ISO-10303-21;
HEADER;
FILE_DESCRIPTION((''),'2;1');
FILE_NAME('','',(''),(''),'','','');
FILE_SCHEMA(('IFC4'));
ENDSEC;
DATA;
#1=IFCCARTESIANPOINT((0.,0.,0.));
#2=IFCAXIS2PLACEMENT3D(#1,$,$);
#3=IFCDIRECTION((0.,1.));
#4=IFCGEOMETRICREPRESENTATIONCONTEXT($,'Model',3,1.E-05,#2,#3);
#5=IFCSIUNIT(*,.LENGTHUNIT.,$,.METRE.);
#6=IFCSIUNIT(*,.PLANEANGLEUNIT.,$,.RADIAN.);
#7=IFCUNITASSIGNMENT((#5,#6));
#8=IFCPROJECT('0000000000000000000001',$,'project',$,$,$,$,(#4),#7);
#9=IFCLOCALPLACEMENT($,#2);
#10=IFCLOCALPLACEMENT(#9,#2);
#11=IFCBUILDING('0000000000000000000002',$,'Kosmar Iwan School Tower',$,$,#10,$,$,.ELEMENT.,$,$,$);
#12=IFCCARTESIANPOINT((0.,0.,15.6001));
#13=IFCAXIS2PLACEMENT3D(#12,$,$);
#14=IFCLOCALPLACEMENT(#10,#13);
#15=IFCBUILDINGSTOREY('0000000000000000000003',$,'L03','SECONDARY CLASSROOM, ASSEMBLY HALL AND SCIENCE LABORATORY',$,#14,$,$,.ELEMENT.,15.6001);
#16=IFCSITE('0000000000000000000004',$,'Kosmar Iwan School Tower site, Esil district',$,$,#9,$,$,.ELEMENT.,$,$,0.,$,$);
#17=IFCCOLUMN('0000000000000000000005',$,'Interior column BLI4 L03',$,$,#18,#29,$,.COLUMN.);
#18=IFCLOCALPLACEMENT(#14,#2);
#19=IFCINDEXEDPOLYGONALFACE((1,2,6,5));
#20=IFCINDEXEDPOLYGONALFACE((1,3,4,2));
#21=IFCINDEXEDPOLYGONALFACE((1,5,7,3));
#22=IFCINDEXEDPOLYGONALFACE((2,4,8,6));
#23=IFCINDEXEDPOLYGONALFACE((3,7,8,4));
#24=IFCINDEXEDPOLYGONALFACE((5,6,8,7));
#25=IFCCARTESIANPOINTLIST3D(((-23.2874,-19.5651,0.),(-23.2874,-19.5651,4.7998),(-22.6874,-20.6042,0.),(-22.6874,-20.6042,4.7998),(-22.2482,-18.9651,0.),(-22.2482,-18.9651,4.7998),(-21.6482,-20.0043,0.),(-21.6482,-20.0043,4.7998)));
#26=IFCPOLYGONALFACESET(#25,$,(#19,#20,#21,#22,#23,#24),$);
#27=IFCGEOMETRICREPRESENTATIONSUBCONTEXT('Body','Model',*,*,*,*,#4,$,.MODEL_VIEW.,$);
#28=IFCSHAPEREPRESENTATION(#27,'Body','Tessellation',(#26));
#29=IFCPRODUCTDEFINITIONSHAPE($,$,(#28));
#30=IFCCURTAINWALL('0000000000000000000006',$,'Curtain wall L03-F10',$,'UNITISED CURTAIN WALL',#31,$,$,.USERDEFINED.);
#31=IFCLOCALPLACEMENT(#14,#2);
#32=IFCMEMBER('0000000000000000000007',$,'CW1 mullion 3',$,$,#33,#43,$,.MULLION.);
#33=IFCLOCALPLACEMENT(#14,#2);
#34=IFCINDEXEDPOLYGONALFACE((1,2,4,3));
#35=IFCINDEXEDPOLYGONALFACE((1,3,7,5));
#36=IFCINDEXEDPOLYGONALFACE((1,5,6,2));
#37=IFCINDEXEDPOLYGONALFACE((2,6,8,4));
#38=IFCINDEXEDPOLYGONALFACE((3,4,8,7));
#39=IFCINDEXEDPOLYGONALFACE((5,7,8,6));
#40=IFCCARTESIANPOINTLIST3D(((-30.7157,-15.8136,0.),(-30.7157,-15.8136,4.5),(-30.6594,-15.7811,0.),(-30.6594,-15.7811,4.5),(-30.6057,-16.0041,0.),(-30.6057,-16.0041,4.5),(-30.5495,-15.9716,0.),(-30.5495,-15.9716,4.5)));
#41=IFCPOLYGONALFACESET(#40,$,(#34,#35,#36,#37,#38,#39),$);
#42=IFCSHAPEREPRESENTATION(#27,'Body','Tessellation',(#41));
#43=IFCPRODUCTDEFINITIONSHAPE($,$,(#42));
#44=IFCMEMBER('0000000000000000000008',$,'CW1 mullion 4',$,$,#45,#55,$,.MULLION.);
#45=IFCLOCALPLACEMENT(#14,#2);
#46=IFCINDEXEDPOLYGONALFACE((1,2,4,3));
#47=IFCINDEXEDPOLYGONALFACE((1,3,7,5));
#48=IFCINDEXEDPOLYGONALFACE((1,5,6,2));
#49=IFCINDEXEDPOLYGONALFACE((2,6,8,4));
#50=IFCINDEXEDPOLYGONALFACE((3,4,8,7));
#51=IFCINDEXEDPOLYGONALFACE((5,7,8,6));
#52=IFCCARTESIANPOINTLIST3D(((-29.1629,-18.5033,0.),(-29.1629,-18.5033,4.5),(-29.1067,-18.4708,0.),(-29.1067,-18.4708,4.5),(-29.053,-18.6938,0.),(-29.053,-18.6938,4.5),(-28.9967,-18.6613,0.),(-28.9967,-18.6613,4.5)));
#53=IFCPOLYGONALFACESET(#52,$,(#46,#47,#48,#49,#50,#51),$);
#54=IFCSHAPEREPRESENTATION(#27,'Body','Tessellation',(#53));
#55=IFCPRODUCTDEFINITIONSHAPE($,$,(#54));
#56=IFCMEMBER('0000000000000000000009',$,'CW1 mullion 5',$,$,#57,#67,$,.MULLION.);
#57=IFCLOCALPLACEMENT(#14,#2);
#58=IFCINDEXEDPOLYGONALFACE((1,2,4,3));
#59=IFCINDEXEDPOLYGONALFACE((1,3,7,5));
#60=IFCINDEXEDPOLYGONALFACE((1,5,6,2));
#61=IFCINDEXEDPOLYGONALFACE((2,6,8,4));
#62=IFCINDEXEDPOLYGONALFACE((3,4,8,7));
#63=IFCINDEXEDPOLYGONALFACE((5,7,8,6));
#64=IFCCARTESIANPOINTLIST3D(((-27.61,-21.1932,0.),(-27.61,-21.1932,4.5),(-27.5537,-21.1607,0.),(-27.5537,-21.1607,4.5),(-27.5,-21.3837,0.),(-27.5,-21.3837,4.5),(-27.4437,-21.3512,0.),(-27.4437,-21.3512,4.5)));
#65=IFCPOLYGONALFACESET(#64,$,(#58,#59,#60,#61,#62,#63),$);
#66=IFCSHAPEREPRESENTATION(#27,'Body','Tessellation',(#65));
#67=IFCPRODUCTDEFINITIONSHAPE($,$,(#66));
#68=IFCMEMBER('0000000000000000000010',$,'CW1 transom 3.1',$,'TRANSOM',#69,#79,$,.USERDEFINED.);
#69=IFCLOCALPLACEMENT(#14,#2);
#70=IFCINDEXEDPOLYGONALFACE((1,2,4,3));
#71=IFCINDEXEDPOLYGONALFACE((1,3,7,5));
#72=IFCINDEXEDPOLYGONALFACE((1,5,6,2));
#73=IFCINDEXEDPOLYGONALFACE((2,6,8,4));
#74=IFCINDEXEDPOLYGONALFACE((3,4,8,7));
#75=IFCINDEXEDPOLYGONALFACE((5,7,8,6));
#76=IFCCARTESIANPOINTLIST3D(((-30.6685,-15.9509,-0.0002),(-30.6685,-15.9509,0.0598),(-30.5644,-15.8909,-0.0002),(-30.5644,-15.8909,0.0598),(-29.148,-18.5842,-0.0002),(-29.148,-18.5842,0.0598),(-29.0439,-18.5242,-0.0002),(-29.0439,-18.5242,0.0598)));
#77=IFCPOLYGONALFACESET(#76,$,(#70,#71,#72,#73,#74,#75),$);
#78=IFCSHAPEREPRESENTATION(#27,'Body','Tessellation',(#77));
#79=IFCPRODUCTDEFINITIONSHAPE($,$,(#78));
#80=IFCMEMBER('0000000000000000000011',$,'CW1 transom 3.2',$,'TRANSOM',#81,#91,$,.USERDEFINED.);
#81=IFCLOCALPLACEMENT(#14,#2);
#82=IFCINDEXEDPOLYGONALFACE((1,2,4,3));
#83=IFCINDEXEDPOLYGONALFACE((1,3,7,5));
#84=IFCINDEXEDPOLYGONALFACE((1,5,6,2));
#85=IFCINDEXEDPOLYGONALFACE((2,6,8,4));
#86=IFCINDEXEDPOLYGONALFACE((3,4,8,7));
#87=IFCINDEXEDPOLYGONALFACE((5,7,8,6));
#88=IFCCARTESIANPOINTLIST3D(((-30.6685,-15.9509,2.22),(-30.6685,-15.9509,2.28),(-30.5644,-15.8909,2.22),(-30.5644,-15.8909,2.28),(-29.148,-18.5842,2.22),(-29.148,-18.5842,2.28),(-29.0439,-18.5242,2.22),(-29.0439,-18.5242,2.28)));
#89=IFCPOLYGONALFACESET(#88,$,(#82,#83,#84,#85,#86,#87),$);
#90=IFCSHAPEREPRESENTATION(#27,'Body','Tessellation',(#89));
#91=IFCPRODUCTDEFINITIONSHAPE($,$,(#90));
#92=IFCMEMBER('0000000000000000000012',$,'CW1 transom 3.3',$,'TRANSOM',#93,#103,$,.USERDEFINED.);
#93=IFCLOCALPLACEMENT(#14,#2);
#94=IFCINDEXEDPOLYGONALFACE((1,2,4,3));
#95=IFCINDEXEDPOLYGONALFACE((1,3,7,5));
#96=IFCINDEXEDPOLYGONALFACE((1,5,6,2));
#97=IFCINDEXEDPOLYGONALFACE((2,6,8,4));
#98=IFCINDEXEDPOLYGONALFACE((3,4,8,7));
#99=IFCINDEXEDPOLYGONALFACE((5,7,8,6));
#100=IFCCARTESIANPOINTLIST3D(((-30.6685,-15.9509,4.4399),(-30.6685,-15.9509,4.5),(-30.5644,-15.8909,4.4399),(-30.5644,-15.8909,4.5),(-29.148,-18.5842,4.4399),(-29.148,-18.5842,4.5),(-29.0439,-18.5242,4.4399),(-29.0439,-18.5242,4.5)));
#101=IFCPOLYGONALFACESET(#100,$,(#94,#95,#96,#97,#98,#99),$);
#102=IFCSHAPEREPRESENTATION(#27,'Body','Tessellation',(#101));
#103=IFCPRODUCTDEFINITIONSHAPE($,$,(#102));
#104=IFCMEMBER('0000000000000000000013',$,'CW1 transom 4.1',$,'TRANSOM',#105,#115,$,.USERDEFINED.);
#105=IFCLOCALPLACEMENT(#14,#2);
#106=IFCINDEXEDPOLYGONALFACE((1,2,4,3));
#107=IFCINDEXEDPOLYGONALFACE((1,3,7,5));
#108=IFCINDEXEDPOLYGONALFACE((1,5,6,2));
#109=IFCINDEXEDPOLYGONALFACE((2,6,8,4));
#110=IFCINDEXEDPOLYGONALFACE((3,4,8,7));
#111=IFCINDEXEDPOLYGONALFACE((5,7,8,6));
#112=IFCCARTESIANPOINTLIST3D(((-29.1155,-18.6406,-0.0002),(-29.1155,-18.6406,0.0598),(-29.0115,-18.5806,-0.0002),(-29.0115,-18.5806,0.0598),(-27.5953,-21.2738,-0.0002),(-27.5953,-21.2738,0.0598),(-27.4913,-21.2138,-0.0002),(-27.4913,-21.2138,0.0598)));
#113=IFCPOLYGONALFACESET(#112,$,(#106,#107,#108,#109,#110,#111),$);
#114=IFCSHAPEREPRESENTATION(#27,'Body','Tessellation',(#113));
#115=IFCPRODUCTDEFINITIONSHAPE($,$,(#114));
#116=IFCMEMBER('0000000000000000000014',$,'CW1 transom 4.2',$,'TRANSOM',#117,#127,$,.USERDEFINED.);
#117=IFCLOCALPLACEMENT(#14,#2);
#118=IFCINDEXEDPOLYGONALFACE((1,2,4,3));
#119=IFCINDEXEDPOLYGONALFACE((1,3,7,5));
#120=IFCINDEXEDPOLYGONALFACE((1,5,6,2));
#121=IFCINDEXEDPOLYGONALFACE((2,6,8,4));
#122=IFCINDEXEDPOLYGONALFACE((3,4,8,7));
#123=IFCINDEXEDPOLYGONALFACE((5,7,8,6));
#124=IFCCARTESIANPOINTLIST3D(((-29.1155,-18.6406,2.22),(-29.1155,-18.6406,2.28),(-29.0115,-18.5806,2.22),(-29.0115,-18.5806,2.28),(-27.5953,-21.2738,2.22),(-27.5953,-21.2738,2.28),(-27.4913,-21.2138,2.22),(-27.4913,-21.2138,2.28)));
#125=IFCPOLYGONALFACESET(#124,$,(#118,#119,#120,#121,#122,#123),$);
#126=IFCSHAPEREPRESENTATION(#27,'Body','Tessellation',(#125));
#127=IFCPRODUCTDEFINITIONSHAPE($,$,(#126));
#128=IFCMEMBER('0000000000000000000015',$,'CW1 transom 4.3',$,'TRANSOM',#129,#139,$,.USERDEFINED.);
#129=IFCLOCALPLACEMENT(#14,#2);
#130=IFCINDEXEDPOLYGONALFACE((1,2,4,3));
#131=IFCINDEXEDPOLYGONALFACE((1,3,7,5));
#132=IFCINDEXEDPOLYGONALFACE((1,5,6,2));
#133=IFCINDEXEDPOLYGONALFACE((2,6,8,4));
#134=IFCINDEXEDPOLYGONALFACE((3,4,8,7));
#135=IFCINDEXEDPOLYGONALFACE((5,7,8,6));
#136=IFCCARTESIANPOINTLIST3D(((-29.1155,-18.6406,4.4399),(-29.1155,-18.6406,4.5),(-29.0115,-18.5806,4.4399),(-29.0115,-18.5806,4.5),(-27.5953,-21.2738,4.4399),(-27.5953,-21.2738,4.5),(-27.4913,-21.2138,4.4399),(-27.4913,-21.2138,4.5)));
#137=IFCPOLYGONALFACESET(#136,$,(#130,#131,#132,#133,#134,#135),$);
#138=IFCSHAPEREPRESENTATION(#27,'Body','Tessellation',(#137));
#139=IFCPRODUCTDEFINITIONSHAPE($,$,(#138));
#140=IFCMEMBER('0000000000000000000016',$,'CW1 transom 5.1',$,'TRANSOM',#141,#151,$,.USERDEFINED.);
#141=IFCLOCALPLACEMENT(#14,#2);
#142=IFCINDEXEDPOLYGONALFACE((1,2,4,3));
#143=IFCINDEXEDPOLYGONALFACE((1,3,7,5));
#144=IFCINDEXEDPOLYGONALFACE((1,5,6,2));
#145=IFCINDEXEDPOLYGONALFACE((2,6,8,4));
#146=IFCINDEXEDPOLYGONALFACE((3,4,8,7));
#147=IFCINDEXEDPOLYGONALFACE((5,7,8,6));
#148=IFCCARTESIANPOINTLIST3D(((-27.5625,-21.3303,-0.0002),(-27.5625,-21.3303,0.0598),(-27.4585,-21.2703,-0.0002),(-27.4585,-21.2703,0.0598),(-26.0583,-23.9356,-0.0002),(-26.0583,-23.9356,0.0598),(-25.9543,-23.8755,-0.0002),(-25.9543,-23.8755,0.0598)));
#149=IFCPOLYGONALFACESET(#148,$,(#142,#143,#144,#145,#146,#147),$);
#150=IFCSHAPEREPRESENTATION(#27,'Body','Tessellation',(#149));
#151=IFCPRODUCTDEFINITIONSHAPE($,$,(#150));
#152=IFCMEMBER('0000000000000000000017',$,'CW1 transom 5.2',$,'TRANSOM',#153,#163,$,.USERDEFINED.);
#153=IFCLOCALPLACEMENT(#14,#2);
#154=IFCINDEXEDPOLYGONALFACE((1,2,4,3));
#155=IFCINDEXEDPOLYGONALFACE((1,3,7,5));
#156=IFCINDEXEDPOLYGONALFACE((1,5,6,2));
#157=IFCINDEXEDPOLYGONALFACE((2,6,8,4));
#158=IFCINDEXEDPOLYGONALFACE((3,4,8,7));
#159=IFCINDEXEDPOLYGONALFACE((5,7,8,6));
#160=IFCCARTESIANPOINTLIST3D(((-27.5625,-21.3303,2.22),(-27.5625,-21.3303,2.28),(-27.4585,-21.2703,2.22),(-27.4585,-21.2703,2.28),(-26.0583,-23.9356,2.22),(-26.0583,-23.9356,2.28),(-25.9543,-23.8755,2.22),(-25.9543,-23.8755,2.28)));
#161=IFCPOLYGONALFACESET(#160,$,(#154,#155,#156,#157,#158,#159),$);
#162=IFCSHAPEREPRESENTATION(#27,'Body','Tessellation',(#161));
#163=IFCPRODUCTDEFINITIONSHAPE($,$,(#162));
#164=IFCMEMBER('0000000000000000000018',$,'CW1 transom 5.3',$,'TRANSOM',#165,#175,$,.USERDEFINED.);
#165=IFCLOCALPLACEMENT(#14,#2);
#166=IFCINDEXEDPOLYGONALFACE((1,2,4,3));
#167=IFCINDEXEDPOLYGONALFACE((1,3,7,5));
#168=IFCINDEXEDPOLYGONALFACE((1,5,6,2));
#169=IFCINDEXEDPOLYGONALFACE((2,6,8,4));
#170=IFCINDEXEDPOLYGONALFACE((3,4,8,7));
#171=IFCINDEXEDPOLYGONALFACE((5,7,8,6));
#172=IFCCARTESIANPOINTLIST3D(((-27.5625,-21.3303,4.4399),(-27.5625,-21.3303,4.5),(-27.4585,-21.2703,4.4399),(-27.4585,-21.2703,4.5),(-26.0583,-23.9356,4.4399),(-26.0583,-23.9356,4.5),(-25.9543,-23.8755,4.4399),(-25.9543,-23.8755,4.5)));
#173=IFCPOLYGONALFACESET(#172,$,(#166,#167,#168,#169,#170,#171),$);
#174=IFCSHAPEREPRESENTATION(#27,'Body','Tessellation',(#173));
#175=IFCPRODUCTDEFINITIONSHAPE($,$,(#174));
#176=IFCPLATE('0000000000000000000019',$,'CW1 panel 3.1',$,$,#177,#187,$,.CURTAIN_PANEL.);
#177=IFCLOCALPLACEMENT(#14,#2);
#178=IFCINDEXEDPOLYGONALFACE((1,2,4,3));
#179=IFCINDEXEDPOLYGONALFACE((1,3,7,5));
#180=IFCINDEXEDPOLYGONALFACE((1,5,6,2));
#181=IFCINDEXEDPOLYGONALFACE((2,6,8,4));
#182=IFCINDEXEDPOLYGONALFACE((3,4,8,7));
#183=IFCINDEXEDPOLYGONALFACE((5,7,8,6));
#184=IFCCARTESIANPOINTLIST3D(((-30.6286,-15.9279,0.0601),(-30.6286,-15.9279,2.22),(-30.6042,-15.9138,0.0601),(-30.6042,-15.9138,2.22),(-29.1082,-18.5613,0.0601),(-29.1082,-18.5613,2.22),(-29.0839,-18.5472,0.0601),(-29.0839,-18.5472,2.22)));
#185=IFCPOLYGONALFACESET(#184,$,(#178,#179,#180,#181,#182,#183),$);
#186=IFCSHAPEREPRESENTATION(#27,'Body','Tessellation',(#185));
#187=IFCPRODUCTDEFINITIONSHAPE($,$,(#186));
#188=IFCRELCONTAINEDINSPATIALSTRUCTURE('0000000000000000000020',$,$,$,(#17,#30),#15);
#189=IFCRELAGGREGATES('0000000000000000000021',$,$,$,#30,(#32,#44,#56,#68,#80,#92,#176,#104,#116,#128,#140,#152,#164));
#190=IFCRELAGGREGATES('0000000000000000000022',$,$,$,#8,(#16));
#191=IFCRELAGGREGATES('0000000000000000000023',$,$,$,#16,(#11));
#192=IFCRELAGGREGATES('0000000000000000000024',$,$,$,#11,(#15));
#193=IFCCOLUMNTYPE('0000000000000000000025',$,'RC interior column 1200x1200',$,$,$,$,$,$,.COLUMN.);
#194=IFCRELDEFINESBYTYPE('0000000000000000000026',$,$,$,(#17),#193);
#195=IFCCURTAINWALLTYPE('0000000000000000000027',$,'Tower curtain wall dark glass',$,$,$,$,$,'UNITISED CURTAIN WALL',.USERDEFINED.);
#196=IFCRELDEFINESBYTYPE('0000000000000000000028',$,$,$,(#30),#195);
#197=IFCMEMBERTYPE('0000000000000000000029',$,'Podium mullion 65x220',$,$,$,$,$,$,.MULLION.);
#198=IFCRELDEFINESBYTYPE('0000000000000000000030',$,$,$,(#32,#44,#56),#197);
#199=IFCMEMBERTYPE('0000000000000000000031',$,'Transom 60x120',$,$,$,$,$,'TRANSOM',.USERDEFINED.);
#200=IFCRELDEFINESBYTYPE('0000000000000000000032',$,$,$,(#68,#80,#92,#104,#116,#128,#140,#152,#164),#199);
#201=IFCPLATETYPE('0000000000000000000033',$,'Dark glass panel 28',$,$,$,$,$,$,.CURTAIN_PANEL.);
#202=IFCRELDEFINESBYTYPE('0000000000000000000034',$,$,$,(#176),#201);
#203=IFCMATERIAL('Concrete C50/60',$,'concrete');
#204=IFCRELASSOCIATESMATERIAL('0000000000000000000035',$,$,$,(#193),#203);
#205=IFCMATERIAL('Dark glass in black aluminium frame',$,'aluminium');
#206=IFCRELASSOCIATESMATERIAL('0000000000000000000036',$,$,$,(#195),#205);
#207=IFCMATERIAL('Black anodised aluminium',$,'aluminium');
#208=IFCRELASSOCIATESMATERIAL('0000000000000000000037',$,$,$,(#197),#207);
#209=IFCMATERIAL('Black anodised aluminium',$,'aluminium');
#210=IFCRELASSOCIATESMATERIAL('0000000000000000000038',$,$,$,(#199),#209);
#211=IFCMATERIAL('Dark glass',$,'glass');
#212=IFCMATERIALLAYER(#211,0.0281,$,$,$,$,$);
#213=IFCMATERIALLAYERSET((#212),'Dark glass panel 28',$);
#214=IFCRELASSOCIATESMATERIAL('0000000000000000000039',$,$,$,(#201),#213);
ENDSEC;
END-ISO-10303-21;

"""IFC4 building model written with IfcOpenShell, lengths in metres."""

from ifc_helpers import new_model, si_unit, direction, frame, origin, origin_2d, place, context, subcontext, project, spatial, rectangle, extrude, material, layer, layer_set, material_profile, profile_set, type_object, element, aggregate, save


model = new_model("IFC4")

# Units and contexts
model_context = context("Model", 3, precision=1e-05, world=origin(), true_north=direction((0.0, 1.0)))
body_context = subcontext(model_context, "Body", "Model", "MODEL_VIEW")
ifc_project = project(units=[si_unit("LENGTHUNIT", "METRE"), si_unit("PLANEANGLEUNIT", "RADIAN")], contexts=[model_context])

# Site, building, storey
site_placement = place(None, origin())
site = spatial("IfcSite", under=ifc_project, at=site_placement, Name="Kosmar Iwan School Tower site, Esil district", CompositionType="ELEMENT", RefElevation=0.0)
building_placement = place(site_placement, origin())
building = spatial("IfcBuilding", under=site, at=building_placement, Name="Kosmar Iwan School Tower", CompositionType="ELEMENT")
storey_placement = place(building_placement, frame((0.0, 0.0, 15.6001)))
storey = spatial("IfcBuildingStorey", under=building, at=storey_placement, Name="L03", Description="SECONDARY CLASSROOM, ASSEMBLY HALL AND SCIENCE LABORATORY", CompositionType="ELEMENT", Elevation=15.6001)

# Column
ifc_material_1 = material(Name="Concrete C50/60", Category="concrete")
ifc_material_profile_1 = material_profile(ifc_material_1, rectangle(XDim=1.2, YDim=1.2, at=origin_2d()), Name="RC 1200x1200")
ifc_profile_set_1 = profile_set([ifc_material_profile_1], Name="Concrete C50/60")
column_type = type_object("IfcColumnType", Name="RC interior column 1200x1200", PredefinedType="COLUMN", material=ifc_profile_set_1)
column_placement = place(storey_placement, frame((-22.4678, -19.7847, 0.0), z_axis=(0.0, 0.0, 1.0), x_axis=(-0.866025, -0.5, 0.0)))
element("IfcColumn", 1, at=column_placement, inside=storey, type_object=column_type, Name="Interior column BLI4 L03", PredefinedType="COLUMN", context=body_context, shape_type="SweptSolid", body=[
    extrude(rectangle(XDim=1.2, YDim=1.2, at=origin_2d()), origin(), (0.0, 0.0, 1.0), 4.7998),
])

# Curtain wall, members, plate
ifc_material_2 = material(Name="Dark glass in black aluminium frame", Category="aluminium")
curtain_wall_type = type_object("IfcCurtainWallType", Name="Tower curtain wall dark glass", ElementType="UNITISED CURTAIN WALL", PredefinedType="USERDEFINED", material=ifc_material_2)
curtain_wall_placement = place(storey_placement, origin())
curtain_wall = element("IfcCurtainWall", 2, at=curtain_wall_placement, inside=storey, type_object=curtain_wall_type, Name="Curtain wall L03-F10", ObjectType="UNITISED CURTAIN WALL", PredefinedType="USERDEFINED")
ifc_material_3 = material(Name="Black anodised aluminium", Category="aluminium")
ifc_material_profile_2 = material_profile(ifc_material_3, rectangle(XDim=0.0649, YDim=0.22, at=origin_2d()), Name="MULLION 65x220")
ifc_profile_set_2 = profile_set([ifc_material_profile_2], Name="Black anodised aluminium")
member_type_1 = type_object("IfcMemberType", Name="Podium mullion 65x220", PredefinedType="MULLION", material=ifc_profile_set_2)
member_1_placement = place(storey_placement, frame((-30.6326, -15.8926, 0.0), z_axis=(0.0, 0.0, 1.0), x_axis=(0.866025, 0.5, 0.0)))
member_1 = element("IfcMember", 3, at=member_1_placement, type_object=member_type_1, Name="CW1 mullion 3", PredefinedType="MULLION", context=body_context, shape_type="SweptSolid", body=[
    extrude(rectangle(XDim=0.0649, YDim=0.22, at=origin_2d()), origin(), (0.0, 0.0, 1.0), 4.5),
])
member_2_placement = place(storey_placement, frame((-29.0798, -18.5823, 0.0), z_axis=(0.0, 0.0, 1.0), x_axis=(0.866025, 0.5, 0.0)))
member_2 = element("IfcMember", 4, at=member_2_placement, type_object=member_type_1, Name="CW1 mullion 4", PredefinedType="MULLION", context=body_context, shape_type="SweptSolid", body=[
    extrude(rectangle(XDim=0.0649, YDim=0.22, at=origin_2d()), origin(), (0.0, 0.0, 1.0), 4.5),
])
member_3_placement = place(storey_placement, frame((-27.5269, -21.2722, 0.0), z_axis=(0.0, 0.0, 1.0), x_axis=(0.866025, 0.5, 0.0)))
member_3 = element("IfcMember", 5, at=member_3_placement, type_object=member_type_1, Name="CW1 mullion 5", PredefinedType="MULLION", context=body_context, shape_type="SweptSolid", body=[
    extrude(rectangle(XDim=0.0649, YDim=0.22, at=origin_2d()), origin(), (0.0, 0.0, 1.0), 4.5),
])
ifc_material_4 = material(Name="Black anodised aluminium", Category="aluminium")
ifc_material_profile_3 = material_profile(ifc_material_4, rectangle(XDim=0.1201, YDim=0.0601, at=origin_2d()), Name="TRANSOM 60x120")
ifc_profile_set_3 = profile_set([ifc_material_profile_3], Name="Black anodised aluminium")
member_type_2 = type_object("IfcMemberType", Name="Transom 60x120", ElementType="TRANSOM", PredefinedType="USERDEFINED", material=ifc_profile_set_3)
member_4_placement = place(storey_placement, frame((-30.6165, -15.9209, 0.0298), z_axis=(0.500042, -0.866001, 0.0), x_axis=(0.866001, 0.500042, 0.0)))
member_4 = element("IfcMember", 6, at=member_4_placement, type_object=member_type_2, Name="CW1 transom 3.1", ObjectType="TRANSOM", PredefinedType="USERDEFINED", context=body_context, shape_type="SweptSolid", body=[
    extrude(rectangle(XDim=0.1201, YDim=0.0601, at=origin_2d()), origin(), (0.0, 0.0, 1.0), 3.0408),
])
member_5_placement = place(storey_placement, frame((-30.6165, -15.9209, 2.25), z_axis=(0.500042, -0.866001, 0.0), x_axis=(0.866001, 0.500042, 0.0)))
member_5 = element("IfcMember", 7, at=member_5_placement, type_object=member_type_2, Name="CW1 transom 3.2", ObjectType="TRANSOM", PredefinedType="USERDEFINED", context=body_context, shape_type="SweptSolid", body=[
    extrude(rectangle(XDim=0.1201, YDim=0.0601, at=origin_2d()), origin(), (0.0, 0.0, 1.0), 3.0408),
])
member_6_placement = place(storey_placement, frame((-30.6165, -15.9209, 4.47), z_axis=(0.500042, -0.866001, 0.0), x_axis=(0.866001, 0.500042, 0.0)))
member_6 = element("IfcMember", 8, at=member_6_placement, type_object=member_type_2, Name="CW1 transom 3.3", ObjectType="TRANSOM", PredefinedType="USERDEFINED", context=body_context, shape_type="SweptSolid", body=[
    extrude(rectangle(XDim=0.1201, YDim=0.0601, at=origin_2d()), origin(), (0.0, 0.0, 1.0), 3.0408),
])
member_7_placement = place(storey_placement, frame((-29.0635, -18.6106, 0.0298), z_axis=(0.499982, -0.866036, 0.0), x_axis=(0.866036, 0.499982, 0.0)))
member_7 = element("IfcMember", 9, at=member_7_placement, type_object=member_type_2, Name="CW1 transom 4.1", ObjectType="TRANSOM", PredefinedType="USERDEFINED", context=body_context, shape_type="SweptSolid", body=[
    extrude(rectangle(XDim=0.1201, YDim=0.0601, at=origin_2d()), origin(), (0.0, 0.0, 1.0), 3.0405),
])
member_8_placement = place(storey_placement, frame((-29.0635, -18.6106, 2.25), z_axis=(0.499982, -0.866036, 0.0), x_axis=(0.866036, 0.499982, 0.0)))
member_8 = element("IfcMember", 10, at=member_8_placement, type_object=member_type_2, Name="CW1 transom 4.2", ObjectType="TRANSOM", PredefinedType="USERDEFINED", context=body_context, shape_type="SweptSolid", body=[
    extrude(rectangle(XDim=0.1201, YDim=0.0601, at=origin_2d()), origin(), (0.0, 0.0, 1.0), 3.0405),
])
member_9_placement = place(storey_placement, frame((-29.0635, -18.6106, 4.47), z_axis=(0.499982, -0.866036, 0.0), x_axis=(0.866036, 0.499982, 0.0)))
member_9 = element("IfcMember", 11, at=member_9_placement, type_object=member_type_2, Name="CW1 transom 4.3", ObjectType="TRANSOM", PredefinedType="USERDEFINED", context=body_context, shape_type="SweptSolid", body=[
    extrude(rectangle(XDim=0.1201, YDim=0.0601, at=origin_2d()), origin(), (0.0, 0.0, 1.0), 3.0405),
])
member_10_placement = place(storey_placement, frame((-27.5105, -21.3003, 0.0298), z_axis=(0.500006, -0.866022, 0.0), x_axis=(0.866022, 0.500006, 0.0)))
member_10 = element("IfcMember", 12, at=member_10_placement, type_object=member_type_2, Name="CW1 transom 5.1", ObjectType="TRANSOM", PredefinedType="USERDEFINED", context=body_context, shape_type="SweptSolid", body=[
    extrude(rectangle(XDim=0.1201, YDim=0.0601, at=origin_2d()), origin(), (0.0, 0.0, 1.0), 3.0083),
])
member_11_placement = place(storey_placement, frame((-27.5105, -21.3003, 2.25), z_axis=(0.500006, -0.866022, 0.0), x_axis=(0.866022, 0.500006, 0.0)))
member_11 = element("IfcMember", 13, at=member_11_placement, type_object=member_type_2, Name="CW1 transom 5.2", ObjectType="TRANSOM", PredefinedType="USERDEFINED", context=body_context, shape_type="SweptSolid", body=[
    extrude(rectangle(XDim=0.1201, YDim=0.0601, at=origin_2d()), origin(), (0.0, 0.0, 1.0), 3.0083),
])
member_12_placement = place(storey_placement, frame((-27.5105, -21.3003, 4.47), z_axis=(0.500006, -0.866022, 0.0), x_axis=(0.866022, 0.500006, 0.0)))
member_12 = element("IfcMember", 14, at=member_12_placement, type_object=member_type_2, Name="CW1 transom 5.3", ObjectType="TRANSOM", PredefinedType="USERDEFINED", context=body_context, shape_type="SweptSolid", body=[
    extrude(rectangle(XDim=0.1201, YDim=0.0601, at=origin_2d()), origin(), (0.0, 0.0, 1.0), 3.0083),
])
ifc_material_5 = material(Name="Dark glass", Category="glass")
ifc_layer_1 = layer(ifc_material_5, 0.0281)
ifc_layer_set_1 = layer_set([ifc_layer_1], Name="Dark glass panel 28")
plate_type = type_object("IfcPlateType", Name="Dark glass panel 28", PredefinedType="CURTAIN_PANEL", material=ifc_layer_set_1)
plate_1_placement = place(storey_placement, frame((-29.8562, -17.2375, 0.0601), z_axis=(0.0, 0.0, 1.0), x_axis=(0.5, -0.866025, 0.0)))
plate_1 = element("IfcPlate", 15, at=plate_1_placement, type_object=plate_type, Name="CW1 panel 3.1", PredefinedType="CURTAIN_PANEL", context=body_context, shape_type="SweptSolid", body=[
    extrude(rectangle(XDim=3.0408, YDim=0.0281, at=origin_2d()), origin(), (0.0, 0.0, 1.0), 2.1599),
])
aggregate(curtain_wall, [member_1, member_2, member_3, member_4, member_5, member_6, plate_1, member_7, member_8, member_9, member_10, member_11, member_12])

save(model, "model.ifc")
